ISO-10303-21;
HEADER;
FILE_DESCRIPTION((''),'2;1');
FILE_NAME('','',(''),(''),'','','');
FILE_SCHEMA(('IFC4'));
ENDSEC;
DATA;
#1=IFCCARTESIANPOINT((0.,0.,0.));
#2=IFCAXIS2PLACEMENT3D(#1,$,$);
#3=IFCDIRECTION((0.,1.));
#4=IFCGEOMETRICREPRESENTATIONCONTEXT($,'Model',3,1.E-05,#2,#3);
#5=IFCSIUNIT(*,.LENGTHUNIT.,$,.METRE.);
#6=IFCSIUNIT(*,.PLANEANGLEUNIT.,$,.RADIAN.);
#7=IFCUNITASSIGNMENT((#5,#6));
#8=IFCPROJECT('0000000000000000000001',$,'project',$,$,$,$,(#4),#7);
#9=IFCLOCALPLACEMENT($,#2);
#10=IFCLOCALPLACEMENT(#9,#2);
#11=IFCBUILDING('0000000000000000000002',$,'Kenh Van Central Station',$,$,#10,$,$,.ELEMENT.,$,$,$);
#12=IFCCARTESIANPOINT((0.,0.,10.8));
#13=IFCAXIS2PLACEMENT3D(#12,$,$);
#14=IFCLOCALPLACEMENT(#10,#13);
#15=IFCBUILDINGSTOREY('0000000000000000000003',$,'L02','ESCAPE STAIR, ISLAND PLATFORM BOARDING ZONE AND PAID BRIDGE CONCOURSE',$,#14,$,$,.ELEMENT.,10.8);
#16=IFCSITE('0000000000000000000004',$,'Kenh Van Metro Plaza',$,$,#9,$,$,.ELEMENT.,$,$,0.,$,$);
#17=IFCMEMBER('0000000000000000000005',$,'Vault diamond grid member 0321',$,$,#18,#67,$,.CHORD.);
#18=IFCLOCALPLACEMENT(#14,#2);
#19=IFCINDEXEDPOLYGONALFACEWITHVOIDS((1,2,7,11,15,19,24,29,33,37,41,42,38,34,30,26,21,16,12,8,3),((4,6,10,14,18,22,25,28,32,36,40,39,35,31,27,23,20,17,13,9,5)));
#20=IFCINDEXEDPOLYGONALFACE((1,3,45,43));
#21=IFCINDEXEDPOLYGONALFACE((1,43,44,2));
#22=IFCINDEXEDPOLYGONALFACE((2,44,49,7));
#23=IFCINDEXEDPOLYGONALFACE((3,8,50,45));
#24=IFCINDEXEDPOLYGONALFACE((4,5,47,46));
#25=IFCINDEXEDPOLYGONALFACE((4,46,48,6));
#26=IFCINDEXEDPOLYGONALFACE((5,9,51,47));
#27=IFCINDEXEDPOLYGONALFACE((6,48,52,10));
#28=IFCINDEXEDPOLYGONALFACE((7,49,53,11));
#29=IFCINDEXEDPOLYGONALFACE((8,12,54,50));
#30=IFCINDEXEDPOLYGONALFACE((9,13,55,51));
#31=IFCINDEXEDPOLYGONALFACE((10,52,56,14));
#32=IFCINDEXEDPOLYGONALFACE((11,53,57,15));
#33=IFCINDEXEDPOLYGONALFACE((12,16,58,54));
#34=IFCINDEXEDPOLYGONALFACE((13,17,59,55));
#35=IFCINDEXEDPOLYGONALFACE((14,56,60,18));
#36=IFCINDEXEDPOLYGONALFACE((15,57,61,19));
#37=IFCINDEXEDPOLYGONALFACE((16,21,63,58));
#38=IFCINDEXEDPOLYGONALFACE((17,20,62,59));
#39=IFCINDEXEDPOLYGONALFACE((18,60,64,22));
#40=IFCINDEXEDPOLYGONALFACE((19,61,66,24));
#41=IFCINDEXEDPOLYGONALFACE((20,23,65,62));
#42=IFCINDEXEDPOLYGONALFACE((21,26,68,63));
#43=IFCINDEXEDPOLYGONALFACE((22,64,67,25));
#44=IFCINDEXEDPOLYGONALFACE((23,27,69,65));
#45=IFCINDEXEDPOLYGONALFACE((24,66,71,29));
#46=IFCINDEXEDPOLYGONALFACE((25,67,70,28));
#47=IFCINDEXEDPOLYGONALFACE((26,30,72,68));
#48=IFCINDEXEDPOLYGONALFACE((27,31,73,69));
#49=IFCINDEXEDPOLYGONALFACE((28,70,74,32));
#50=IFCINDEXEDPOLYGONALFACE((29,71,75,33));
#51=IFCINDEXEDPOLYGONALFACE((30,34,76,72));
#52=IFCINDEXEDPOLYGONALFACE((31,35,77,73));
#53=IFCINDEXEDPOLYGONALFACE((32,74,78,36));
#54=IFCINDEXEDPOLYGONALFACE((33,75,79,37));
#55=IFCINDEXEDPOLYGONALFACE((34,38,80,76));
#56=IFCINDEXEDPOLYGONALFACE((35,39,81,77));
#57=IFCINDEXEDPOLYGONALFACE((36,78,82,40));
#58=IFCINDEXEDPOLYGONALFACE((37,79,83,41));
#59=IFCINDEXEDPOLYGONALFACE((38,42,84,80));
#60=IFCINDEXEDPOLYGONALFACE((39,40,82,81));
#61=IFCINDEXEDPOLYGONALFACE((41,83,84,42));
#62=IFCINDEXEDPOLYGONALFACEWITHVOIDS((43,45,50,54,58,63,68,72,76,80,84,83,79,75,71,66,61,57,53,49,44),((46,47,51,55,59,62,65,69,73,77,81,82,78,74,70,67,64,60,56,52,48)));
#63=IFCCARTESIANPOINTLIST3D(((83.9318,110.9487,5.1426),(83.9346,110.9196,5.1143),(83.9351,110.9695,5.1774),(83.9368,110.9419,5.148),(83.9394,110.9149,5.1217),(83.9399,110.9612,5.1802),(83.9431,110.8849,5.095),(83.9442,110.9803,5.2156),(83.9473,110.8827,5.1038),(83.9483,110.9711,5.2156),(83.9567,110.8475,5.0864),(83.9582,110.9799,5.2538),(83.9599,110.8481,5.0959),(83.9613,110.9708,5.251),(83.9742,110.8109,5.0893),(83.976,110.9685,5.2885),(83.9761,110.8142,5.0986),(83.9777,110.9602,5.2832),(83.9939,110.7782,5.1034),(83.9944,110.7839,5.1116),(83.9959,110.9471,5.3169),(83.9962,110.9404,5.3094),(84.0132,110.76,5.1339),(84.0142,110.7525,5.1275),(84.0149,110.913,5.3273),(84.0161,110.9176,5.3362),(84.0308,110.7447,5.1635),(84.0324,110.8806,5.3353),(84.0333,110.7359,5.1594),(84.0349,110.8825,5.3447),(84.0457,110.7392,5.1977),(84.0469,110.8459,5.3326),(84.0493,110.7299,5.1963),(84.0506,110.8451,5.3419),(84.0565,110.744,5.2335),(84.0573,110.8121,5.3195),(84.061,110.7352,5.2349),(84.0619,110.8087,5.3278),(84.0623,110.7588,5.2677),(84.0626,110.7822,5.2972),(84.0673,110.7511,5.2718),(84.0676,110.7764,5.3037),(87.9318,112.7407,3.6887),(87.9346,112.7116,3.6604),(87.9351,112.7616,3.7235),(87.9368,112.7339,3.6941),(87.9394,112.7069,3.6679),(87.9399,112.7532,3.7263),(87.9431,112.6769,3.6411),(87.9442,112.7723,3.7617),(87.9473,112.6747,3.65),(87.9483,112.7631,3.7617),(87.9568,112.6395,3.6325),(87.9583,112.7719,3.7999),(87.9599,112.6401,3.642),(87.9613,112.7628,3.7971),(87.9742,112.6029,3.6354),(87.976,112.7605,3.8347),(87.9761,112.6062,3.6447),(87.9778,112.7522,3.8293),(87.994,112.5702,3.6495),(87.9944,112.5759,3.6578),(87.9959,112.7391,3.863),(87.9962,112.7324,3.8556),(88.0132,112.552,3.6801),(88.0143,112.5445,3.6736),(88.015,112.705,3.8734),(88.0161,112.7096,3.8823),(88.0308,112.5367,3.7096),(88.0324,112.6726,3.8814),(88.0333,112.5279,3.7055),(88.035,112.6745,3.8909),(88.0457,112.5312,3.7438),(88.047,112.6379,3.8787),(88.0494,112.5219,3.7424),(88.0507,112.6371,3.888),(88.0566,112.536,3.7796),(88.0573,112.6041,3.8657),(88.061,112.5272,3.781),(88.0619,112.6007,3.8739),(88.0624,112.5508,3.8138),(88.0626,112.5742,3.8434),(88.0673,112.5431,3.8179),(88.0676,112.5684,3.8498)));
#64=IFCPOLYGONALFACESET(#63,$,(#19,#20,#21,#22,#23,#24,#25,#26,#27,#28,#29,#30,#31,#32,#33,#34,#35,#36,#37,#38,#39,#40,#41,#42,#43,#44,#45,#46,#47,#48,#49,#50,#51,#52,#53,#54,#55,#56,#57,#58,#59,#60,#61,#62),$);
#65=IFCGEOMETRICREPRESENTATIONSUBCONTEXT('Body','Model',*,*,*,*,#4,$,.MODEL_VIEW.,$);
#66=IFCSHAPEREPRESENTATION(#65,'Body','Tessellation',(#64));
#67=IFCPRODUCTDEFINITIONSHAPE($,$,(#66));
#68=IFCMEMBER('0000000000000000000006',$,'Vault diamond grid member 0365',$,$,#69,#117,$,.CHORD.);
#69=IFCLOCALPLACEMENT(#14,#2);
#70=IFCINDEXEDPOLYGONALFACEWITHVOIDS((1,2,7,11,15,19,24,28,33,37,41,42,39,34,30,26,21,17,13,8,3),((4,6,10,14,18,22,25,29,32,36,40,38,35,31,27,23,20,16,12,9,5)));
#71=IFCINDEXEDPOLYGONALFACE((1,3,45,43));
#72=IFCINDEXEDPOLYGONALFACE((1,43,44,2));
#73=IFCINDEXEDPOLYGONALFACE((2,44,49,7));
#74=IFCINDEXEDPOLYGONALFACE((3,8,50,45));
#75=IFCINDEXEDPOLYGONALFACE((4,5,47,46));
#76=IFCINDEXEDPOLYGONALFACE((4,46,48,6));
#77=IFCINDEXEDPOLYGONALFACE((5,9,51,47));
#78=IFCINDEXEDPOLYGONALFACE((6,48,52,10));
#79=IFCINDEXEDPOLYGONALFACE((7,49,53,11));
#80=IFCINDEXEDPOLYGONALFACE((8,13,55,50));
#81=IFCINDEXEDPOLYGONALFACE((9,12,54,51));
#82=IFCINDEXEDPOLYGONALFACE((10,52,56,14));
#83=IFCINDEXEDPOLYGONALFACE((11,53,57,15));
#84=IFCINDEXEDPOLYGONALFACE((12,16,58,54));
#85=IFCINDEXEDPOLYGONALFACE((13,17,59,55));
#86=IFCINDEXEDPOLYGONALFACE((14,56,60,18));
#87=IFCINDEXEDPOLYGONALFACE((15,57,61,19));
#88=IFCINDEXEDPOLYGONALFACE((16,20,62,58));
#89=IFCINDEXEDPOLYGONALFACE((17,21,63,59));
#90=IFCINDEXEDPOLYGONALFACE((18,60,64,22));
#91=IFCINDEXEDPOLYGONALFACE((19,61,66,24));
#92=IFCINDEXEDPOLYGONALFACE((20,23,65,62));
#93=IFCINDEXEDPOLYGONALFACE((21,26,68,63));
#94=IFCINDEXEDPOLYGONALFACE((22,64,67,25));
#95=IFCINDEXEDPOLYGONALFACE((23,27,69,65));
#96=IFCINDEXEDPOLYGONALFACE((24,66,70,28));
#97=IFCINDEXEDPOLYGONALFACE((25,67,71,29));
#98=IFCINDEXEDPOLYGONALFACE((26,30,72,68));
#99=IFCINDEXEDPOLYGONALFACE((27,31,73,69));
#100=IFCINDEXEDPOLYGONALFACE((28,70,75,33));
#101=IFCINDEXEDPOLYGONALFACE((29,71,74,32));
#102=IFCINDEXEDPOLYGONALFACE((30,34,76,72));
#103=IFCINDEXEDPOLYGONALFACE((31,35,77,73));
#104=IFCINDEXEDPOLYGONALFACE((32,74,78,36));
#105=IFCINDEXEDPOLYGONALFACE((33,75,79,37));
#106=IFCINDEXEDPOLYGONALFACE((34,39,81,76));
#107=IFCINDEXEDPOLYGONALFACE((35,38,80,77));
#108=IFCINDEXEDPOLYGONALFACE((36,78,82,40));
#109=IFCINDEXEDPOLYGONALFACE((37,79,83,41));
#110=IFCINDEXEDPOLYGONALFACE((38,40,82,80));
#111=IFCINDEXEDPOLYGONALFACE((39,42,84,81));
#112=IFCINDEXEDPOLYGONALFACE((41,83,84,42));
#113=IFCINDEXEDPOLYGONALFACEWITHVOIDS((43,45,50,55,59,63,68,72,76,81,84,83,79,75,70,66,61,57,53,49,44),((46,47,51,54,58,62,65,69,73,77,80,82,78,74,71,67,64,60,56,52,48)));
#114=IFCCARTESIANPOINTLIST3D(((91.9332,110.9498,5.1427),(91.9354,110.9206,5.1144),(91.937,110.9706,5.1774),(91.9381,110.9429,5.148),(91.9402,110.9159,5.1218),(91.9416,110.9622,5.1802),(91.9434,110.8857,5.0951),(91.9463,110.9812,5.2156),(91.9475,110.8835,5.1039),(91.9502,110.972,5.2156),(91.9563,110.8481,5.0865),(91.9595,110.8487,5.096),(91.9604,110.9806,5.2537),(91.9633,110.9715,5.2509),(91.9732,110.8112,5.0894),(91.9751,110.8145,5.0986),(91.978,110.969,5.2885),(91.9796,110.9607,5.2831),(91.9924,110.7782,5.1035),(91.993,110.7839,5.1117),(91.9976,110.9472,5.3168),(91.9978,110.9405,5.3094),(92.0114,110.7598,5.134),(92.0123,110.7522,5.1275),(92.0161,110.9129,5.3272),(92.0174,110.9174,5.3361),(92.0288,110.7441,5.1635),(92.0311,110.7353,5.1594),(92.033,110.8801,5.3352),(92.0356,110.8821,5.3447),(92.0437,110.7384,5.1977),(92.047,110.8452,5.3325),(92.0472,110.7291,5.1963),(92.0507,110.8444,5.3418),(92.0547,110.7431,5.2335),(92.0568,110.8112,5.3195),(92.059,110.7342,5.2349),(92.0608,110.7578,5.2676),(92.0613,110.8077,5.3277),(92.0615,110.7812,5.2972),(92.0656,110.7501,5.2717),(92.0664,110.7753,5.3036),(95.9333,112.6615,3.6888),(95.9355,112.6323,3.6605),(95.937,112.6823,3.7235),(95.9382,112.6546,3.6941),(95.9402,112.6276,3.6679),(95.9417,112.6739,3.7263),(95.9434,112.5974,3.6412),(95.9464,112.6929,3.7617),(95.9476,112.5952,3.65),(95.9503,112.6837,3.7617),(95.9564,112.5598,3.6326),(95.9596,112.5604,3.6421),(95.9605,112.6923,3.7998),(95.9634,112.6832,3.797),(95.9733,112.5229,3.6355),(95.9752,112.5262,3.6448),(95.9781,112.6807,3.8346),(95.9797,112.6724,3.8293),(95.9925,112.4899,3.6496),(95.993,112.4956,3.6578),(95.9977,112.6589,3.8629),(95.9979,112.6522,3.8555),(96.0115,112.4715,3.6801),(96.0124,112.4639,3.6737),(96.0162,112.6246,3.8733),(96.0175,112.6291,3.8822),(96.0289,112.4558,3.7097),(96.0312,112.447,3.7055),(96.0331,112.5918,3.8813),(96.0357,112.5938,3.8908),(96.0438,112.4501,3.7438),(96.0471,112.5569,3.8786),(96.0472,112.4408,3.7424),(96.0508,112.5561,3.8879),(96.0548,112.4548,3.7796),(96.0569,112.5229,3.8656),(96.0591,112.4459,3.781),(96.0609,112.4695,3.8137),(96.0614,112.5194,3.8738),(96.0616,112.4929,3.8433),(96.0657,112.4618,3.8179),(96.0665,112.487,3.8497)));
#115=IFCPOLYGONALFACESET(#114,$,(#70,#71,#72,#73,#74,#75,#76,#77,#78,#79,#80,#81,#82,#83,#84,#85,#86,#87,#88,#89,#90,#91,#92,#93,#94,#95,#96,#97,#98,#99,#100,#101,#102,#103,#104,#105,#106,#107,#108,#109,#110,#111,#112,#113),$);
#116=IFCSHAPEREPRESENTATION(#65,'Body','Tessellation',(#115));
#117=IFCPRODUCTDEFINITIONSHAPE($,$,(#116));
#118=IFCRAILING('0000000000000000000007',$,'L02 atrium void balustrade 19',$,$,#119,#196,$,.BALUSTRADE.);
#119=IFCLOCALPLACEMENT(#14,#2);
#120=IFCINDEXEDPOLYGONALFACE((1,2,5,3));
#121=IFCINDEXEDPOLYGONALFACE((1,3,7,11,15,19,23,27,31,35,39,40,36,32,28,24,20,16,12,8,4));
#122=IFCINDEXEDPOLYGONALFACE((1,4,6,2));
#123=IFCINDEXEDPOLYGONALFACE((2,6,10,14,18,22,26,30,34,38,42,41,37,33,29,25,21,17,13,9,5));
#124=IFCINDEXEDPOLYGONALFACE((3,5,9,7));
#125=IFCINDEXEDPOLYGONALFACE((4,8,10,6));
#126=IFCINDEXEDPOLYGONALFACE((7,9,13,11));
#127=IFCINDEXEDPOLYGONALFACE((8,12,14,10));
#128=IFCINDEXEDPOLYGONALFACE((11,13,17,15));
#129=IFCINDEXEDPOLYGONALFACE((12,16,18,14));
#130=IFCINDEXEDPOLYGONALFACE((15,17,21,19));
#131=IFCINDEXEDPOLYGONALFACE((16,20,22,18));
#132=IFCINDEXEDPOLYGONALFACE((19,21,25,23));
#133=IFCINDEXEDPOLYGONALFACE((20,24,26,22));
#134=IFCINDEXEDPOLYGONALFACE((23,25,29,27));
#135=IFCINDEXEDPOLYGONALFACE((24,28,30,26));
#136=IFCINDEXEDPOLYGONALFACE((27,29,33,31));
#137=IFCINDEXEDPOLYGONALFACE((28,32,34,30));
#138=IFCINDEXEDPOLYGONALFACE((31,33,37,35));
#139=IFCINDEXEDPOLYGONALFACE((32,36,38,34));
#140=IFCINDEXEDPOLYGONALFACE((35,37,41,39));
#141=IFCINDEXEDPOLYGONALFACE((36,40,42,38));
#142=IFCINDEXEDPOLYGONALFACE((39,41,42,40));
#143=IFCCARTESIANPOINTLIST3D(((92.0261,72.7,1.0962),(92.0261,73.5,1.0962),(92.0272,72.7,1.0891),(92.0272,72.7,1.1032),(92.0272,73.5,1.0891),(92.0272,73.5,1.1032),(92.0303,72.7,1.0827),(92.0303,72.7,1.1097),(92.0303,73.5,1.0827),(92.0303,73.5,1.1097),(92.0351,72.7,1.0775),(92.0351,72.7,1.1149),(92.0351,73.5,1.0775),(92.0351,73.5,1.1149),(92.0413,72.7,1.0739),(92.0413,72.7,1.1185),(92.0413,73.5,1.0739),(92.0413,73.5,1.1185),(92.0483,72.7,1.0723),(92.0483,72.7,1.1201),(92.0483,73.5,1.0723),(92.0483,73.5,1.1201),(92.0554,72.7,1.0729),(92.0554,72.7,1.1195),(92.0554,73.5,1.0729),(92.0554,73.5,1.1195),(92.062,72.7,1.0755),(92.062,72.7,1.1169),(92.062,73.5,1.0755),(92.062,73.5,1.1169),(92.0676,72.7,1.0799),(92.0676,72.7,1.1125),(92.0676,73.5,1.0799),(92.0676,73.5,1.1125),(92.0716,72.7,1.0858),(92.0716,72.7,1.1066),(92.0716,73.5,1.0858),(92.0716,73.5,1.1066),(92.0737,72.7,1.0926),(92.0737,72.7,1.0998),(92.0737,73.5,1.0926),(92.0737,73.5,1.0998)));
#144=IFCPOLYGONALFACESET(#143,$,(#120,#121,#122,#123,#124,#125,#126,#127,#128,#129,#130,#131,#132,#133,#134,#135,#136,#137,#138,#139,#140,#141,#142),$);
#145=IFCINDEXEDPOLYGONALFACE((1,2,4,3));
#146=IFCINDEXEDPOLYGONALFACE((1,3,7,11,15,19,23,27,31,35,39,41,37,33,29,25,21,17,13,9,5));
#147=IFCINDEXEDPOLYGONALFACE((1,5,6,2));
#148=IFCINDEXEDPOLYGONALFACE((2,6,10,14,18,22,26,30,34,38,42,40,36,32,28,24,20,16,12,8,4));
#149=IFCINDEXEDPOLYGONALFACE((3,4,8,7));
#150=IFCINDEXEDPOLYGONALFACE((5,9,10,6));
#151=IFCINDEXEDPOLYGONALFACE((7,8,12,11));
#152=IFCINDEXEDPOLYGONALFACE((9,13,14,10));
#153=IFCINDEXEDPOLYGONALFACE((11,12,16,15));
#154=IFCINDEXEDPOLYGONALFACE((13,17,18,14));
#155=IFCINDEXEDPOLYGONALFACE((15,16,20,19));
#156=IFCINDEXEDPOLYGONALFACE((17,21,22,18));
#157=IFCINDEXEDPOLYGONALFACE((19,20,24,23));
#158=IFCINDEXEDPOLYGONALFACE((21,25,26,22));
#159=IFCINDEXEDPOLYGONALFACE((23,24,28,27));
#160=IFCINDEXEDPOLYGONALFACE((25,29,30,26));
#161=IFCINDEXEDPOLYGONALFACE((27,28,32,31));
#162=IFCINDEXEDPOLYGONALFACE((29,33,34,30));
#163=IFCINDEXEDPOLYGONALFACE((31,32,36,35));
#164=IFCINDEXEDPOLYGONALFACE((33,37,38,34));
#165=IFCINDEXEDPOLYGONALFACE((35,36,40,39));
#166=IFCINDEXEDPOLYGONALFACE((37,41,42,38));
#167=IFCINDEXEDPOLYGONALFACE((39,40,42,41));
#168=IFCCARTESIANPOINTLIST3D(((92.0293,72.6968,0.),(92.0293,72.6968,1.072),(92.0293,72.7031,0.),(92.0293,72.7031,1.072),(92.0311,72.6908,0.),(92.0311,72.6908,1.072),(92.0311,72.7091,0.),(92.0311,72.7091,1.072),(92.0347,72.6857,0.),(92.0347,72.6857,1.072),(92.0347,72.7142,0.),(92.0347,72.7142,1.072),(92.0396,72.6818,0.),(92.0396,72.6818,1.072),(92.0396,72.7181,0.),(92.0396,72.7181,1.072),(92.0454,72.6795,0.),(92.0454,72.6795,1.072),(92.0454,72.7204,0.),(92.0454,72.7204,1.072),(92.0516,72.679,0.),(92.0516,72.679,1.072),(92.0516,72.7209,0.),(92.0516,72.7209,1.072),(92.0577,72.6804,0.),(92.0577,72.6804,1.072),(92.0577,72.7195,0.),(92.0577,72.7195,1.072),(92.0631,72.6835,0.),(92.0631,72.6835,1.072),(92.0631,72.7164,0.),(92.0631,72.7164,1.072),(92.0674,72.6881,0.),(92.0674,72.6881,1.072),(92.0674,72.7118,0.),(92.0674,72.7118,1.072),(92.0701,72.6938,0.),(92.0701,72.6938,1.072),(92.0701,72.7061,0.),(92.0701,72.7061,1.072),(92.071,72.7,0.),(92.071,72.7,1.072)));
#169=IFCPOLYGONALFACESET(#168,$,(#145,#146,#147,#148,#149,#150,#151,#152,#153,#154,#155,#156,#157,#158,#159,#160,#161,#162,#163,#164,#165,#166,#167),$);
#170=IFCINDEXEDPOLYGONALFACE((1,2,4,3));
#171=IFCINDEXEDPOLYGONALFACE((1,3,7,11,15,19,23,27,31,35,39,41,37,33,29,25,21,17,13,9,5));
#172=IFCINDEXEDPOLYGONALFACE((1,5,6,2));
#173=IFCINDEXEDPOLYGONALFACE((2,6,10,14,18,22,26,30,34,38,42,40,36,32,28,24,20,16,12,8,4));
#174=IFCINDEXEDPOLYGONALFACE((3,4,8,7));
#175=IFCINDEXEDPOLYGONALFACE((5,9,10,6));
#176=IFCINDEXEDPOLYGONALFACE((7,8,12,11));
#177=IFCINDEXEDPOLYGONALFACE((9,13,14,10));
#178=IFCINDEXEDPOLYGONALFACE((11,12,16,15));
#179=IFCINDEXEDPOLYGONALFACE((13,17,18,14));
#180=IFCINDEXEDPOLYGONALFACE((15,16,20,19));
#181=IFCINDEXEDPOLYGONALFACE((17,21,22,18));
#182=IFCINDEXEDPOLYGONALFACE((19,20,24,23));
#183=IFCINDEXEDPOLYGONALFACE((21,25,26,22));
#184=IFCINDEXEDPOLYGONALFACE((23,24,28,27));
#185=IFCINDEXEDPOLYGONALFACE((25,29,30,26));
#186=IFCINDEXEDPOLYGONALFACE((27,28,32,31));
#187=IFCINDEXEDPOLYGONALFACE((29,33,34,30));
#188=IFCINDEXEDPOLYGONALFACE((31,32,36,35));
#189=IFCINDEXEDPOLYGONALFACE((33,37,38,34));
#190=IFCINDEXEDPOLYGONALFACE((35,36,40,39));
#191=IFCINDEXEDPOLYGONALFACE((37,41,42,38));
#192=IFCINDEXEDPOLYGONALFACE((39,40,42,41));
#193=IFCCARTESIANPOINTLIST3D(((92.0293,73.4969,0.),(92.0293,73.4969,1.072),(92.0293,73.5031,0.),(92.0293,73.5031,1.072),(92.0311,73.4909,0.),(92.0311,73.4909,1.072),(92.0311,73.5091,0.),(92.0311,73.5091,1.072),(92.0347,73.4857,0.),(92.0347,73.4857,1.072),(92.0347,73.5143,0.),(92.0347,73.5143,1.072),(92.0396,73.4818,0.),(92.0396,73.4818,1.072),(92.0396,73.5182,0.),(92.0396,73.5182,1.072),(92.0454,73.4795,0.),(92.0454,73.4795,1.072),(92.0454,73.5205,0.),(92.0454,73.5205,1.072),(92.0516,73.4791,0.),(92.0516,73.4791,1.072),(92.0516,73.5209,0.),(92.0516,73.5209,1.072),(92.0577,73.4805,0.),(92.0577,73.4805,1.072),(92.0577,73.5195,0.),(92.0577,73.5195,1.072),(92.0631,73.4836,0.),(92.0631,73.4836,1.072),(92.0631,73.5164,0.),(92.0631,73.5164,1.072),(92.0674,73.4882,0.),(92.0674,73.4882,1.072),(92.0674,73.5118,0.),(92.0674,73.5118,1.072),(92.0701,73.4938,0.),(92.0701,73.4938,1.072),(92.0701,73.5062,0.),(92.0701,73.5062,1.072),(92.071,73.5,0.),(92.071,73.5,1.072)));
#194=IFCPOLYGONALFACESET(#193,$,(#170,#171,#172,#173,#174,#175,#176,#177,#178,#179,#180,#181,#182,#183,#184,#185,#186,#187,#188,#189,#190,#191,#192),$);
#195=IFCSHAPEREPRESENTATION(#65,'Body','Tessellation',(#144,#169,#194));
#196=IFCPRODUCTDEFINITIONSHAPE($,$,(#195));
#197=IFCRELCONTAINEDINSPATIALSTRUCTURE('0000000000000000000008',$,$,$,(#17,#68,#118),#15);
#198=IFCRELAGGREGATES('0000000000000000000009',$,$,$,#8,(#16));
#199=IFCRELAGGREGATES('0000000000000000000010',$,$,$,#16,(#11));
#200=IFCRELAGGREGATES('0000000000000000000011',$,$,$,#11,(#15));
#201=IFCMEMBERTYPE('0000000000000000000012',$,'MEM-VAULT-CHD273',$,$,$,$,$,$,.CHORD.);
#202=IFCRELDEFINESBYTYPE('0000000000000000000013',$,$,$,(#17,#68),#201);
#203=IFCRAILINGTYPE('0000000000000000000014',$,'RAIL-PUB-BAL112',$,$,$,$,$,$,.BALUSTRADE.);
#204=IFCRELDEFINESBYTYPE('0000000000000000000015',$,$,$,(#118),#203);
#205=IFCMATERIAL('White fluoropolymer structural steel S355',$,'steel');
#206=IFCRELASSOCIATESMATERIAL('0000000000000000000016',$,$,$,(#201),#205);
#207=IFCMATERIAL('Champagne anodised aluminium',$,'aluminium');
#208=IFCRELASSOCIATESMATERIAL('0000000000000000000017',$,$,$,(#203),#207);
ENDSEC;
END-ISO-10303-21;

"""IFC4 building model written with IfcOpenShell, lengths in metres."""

from ifc_helpers import new_model, si_unit, direction, frame, origin, origin_2d, place, context, subcontext, project, spatial, circle, hollow_circle, extrude, material, material_profile, profile_set, type_object, element, save


model = new_model("IFC4")

# Units and contexts
model_context = context("Model", 3, precision=1e-05, world=origin(), true_north=direction((0.0, 1.0)))
body_context = subcontext(model_context, "Body", "Model", "MODEL_VIEW")
ifc_project = project(units=[si_unit("LENGTHUNIT", "METRE"), si_unit("PLANEANGLEUNIT", "RADIAN")], contexts=[model_context])

# Site, building, storey
site_placement = place(None, origin())
site = spatial("IfcSite", under=ifc_project, at=site_placement, Name="Kenh Van Metro Plaza", CompositionType="ELEMENT", RefElevation=0.0)
building_placement = place(site_placement, origin())
building = spatial("IfcBuilding", under=site, at=building_placement, Name="Kenh Van Central Station", CompositionType="ELEMENT")
storey_placement = place(building_placement, frame((0.0, 0.0, 10.8)))
storey = spatial("IfcBuildingStorey", under=building, at=storey_placement, Name="L02", Description="ESCAPE STAIR, ISLAND PLATFORM BOARDING ZONE AND PAID BRIDGE CONCOURSE", CompositionType="ELEMENT", Elevation=10.8)

# Shared definitions
ifc_material_1 = material(Name="White fluoropolymer structural steel S355", Category="steel")

# Members
ifc_material_profile_1 = material_profile(ifc_material_1, hollow_circle(Radius=0.1365, WallThickness=0.01, at=origin_2d()), Name="CHS 273x10")
ifc_profile_set_1 = profile_set([ifc_material_profile_1], Name="White fluoropolymer structural steel S355")
member_type = type_object("IfcMemberType", Name="MEM-VAULT-CHD273", PredefinedType="CHORD", material=ifc_profile_set_1)
member_1_placement = place(storey_placement, frame((84.0, 110.8557, 5.2156), z_axis=(0.866196, 0.388054, -0.314831), x_axis=(-0.408845, 0.912604, 0.0)))
element("IfcMember", 1, at=member_1_placement, inside=storey, type_object=member_type, Name="Vault diamond grid member 0321", PredefinedType="CHORD", context=body_context, shape_type="SweptSolid", body=[
    extrude(hollow_circle(Radius=0.1365, WallThickness=0.01, at=origin_2d()), origin(), (0.0, 0.0, 1.0), 4.6179),
])
member_2_placement = place(storey_placement, frame((92.0, 110.8557, 5.2156), z_axis=(0.871969, 0.373131, -0.31693), x_axis=(-0.393411, 0.919363, 0.0)))
element("IfcMember", 2, at=member_2_placement, inside=storey, type_object=member_type, Name="Vault diamond grid member 0365", PredefinedType="CHORD", context=body_context, shape_type="SweptSolid", body=[
    extrude(hollow_circle(Radius=0.1365, WallThickness=0.01, at=origin_2d()), origin(), (0.0, 0.0, 1.0), 4.5874),
])

# Railing
ifc_material_2 = material(Name="Champagne anodised aluminium", Category="aluminium")
railing_type_1 = type_object("IfcRailingType", Name="RAIL-PUB-BAL112", PredefinedType="BALUSTRADE", material=ifc_material_2)
for number, where, name in (
    (3, (92.05, 72.7, 0.0), "L02 atrium void balustrade 19"),
):
    element("IfcRailing", number, at=place(storey_placement, frame(where)), inside=storey, type_object=railing_type_1, Name=name, PredefinedType="BALUSTRADE", context=body_context, shape_type="SweptSolid", body=[
        extrude(circle(Radius=0.0239, at=origin_2d()), frame((0.0, 0.0, 1.0962), z_axis=(0.0, 1.0, 0.0), x_axis=(-1.0, 0.0, 0.0)), (0.0, 0.0, 1.0), 0.8),
        extrude(circle(Radius=0.021, at=origin_2d()), origin(), (0.0, 0.0, 1.0), 1.072),
        extrude(circle(Radius=0.021, at=origin_2d()), frame((0.0, 0.8, 0.0)), (0.0, 0.0, 1.0), 1.072),
    ])

save(model, "model.ifc")
